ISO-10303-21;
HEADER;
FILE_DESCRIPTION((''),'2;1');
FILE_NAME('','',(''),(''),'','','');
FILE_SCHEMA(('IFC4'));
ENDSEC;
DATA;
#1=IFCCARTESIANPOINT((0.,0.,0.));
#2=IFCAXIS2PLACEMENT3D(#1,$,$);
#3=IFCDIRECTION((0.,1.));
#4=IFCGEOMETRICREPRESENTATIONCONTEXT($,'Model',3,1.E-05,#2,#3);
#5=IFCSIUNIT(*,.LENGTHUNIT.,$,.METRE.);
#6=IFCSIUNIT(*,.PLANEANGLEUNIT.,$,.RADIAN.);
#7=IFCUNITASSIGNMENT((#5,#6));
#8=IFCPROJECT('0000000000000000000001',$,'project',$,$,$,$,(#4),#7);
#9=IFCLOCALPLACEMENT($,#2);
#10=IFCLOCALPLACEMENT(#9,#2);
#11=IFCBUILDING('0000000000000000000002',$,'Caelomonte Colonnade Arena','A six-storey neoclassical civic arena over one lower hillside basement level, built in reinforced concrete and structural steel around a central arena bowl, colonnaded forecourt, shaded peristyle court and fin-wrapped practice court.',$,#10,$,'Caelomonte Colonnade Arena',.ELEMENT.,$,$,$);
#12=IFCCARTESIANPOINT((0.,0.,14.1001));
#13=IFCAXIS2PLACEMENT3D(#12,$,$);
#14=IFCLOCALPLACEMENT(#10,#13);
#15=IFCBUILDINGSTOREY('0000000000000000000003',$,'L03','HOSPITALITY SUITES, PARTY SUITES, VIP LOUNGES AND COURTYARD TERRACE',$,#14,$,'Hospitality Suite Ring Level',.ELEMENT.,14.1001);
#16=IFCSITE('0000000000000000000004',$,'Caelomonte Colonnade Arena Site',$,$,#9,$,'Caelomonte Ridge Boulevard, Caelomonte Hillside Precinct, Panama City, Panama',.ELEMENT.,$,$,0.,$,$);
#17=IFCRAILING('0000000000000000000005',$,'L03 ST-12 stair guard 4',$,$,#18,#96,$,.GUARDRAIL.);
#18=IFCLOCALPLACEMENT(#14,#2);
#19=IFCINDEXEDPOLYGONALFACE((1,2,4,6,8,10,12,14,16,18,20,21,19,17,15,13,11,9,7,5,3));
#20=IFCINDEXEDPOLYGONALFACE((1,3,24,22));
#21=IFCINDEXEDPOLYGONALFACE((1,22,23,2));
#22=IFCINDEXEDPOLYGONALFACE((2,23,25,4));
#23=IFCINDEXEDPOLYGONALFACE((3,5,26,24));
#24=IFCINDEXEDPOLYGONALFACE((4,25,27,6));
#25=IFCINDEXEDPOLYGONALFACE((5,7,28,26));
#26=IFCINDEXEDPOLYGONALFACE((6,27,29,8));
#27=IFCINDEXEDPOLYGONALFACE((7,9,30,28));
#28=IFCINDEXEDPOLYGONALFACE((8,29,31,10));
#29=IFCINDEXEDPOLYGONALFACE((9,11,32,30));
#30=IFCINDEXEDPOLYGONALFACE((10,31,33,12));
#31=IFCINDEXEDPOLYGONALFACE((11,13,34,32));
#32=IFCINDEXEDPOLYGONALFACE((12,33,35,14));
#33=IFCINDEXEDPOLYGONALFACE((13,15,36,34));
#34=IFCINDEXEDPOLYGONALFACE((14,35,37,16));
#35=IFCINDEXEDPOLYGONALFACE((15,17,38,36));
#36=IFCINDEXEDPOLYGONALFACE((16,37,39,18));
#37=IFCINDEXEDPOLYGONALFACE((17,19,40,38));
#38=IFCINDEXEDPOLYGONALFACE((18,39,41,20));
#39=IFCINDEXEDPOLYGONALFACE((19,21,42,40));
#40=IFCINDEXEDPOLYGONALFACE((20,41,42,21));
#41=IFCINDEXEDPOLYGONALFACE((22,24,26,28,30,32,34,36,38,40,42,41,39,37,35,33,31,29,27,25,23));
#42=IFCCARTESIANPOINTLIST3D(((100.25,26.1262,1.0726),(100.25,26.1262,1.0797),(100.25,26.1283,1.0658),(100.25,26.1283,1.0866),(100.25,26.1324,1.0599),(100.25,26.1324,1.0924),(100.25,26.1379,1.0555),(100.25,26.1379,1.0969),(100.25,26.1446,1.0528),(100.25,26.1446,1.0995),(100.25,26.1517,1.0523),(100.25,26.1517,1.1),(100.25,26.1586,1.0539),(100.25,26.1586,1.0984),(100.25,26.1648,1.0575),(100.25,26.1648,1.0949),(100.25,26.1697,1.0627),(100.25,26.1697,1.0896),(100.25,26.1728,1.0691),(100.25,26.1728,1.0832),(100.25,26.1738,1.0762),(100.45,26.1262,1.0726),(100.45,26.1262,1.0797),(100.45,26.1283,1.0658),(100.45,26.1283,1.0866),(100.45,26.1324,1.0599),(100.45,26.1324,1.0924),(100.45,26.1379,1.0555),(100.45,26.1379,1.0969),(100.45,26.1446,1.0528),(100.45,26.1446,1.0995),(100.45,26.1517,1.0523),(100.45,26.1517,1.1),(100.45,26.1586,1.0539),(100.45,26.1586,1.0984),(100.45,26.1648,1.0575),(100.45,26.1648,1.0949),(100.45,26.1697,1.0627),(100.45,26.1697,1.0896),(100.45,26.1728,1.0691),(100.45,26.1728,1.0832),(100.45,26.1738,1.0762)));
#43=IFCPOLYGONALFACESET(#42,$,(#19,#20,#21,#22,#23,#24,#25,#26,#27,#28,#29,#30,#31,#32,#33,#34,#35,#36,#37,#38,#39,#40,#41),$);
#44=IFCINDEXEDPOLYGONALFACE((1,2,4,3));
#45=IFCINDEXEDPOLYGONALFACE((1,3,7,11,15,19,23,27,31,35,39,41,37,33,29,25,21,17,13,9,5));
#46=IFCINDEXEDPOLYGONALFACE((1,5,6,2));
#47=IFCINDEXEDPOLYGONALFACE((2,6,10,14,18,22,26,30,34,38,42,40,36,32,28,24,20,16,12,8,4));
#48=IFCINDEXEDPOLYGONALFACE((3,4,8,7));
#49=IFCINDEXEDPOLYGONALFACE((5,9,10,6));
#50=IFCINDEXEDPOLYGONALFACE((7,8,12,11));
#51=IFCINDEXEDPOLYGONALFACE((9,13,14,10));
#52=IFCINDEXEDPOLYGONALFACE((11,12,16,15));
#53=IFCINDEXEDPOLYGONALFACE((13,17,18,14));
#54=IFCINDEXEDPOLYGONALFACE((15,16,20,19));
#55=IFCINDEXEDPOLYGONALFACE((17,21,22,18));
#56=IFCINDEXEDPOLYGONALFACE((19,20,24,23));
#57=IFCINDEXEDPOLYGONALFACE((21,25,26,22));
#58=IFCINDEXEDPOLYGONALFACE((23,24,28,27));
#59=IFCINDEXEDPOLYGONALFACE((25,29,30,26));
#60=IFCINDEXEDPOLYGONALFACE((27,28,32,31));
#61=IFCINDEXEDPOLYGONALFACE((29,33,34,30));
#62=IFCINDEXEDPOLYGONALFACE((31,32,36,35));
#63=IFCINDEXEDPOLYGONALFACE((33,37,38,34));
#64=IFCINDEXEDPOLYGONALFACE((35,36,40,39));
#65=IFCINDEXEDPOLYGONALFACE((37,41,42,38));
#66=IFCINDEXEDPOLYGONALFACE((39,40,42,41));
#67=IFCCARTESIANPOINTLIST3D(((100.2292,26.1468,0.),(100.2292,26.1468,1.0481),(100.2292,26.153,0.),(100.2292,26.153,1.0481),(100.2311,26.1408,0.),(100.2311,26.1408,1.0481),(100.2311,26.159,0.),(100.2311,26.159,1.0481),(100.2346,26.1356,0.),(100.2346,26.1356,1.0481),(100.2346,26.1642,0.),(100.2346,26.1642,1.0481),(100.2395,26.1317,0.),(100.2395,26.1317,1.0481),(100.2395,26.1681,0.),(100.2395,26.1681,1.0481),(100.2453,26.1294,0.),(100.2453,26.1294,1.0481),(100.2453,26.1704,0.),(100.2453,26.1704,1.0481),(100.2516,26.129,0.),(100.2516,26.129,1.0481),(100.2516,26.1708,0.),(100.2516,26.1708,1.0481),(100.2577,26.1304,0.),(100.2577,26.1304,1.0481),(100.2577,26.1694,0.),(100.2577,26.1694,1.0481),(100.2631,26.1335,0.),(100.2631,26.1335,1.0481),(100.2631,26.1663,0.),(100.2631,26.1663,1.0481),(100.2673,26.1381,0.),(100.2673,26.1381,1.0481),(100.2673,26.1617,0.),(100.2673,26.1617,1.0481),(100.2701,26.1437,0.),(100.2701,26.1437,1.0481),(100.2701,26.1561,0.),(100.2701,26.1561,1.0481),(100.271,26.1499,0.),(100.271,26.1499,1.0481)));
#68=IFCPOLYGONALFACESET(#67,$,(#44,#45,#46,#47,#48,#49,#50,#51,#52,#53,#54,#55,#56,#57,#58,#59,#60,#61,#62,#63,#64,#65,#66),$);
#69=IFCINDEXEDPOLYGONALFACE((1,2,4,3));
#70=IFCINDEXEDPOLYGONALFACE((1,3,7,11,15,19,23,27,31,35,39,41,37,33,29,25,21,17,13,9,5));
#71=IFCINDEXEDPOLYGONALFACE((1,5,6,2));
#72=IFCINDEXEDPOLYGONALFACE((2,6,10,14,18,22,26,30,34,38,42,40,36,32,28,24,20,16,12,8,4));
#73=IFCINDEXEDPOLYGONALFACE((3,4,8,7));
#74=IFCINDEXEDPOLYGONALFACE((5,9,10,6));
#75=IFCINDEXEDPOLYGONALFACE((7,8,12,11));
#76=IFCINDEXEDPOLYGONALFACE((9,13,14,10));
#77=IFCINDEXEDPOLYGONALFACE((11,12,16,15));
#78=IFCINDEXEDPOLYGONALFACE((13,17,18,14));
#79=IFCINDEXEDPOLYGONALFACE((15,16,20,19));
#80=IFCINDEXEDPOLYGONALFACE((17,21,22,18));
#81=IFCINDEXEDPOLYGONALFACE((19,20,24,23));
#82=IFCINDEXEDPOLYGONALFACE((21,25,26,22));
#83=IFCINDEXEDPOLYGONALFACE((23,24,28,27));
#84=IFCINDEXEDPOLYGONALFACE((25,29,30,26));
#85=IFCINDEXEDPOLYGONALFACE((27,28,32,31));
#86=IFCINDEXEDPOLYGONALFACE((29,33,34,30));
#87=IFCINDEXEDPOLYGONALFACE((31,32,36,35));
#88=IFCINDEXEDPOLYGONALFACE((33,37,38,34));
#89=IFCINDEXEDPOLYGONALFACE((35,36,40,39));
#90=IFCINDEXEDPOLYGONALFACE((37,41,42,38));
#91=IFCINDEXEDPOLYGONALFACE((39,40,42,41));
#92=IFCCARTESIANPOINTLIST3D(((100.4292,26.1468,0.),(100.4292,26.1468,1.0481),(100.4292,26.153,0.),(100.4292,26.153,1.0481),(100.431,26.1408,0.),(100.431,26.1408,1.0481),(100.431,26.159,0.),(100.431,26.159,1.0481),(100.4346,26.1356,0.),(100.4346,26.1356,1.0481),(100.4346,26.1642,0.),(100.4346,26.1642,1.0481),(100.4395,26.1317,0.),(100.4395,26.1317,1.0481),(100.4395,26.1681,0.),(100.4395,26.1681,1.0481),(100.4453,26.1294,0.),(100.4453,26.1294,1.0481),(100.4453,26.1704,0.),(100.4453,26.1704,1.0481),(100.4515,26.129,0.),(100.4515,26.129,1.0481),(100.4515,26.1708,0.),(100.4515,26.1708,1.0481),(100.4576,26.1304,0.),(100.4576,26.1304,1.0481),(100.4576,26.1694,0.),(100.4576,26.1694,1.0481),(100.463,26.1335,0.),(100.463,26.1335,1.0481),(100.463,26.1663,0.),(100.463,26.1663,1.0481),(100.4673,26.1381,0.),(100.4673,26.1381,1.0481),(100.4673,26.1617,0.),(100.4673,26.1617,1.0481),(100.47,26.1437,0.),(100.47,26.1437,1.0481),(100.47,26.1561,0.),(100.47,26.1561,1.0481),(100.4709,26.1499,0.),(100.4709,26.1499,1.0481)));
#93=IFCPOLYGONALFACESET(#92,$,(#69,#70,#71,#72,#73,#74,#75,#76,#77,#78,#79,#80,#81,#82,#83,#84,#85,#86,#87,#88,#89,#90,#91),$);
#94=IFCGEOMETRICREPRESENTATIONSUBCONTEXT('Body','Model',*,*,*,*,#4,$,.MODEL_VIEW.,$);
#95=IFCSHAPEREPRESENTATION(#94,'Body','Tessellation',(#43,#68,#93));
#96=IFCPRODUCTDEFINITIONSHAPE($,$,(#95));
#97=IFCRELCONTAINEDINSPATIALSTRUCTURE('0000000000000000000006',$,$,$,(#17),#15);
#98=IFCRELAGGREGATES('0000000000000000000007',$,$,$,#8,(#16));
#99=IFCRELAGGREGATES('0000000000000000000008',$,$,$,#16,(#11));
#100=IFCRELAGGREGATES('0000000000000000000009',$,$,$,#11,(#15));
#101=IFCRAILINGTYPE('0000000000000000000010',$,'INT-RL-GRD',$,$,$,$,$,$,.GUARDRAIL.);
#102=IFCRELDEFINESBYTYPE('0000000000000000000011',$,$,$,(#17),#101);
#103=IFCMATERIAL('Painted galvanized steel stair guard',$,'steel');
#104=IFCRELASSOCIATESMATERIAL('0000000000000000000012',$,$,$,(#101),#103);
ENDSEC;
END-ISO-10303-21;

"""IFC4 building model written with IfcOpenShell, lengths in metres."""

from ifc_helpers import new_model, si_unit, direction, frame, origin, origin_2d, place, context, subcontext, project, spatial, circle, extrude, material, type_object, element, save


model = new_model("IFC4")

# Units and contexts
model_context = context("Model", 3, precision=1e-05, world=origin(), true_north=direction((0.0, 1.0)))
body_context = subcontext(model_context, "Body", "Model", "MODEL_VIEW")
ifc_project = project(units=[si_unit("LENGTHUNIT", "METRE"), si_unit("PLANEANGLEUNIT", "RADIAN")], contexts=[model_context])

# Site, building, storey
site_placement = place(None, origin())
site = spatial("IfcSite", under=ifc_project, at=site_placement, Name="Caelomonte Colonnade Arena Site", LongName="Caelomonte Ridge Boulevard, Caelomonte Hillside Precinct, Panama City, Panama", CompositionType="ELEMENT", RefElevation=0.0)
building_placement = place(site_placement, origin())
building = spatial("IfcBuilding", under=site, at=building_placement, Name="Caelomonte Colonnade Arena", Description="A six-storey neoclassical civic arena over one lower hillside basement level, built in reinforced concrete and structural steel around a central arena bowl, colonnaded forecourt, shaded peristyle court and fin-wrapped practice court.", LongName="Caelomonte Colonnade Arena", CompositionType="ELEMENT")
storey_placement = place(building_placement, frame((0.0, 0.0, 14.1001)))
storey = spatial("IfcBuildingStorey", under=building, at=storey_placement, Name="L03", Description="HOSPITALITY SUITES, PARTY SUITES, VIP LOUNGES AND COURTYARD TERRACE", LongName="Hospitality Suite Ring Level", CompositionType="ELEMENT", Elevation=14.1001)

# Railing
ifc_material_1 = material(Name="Painted galvanized steel stair guard", Category="steel")
railing_type_1 = type_object("IfcRailingType", Name="INT-RL-GRD", PredefinedType="GUARDRAIL", material=ifc_material_1)
railing_1_placement = place(storey_placement, frame((100.25, 26.1499, 0.0)))
element("IfcRailing", 1, at=railing_1_placement, inside=storey, type_object=railing_type_1, Name="L03 ST-12 stair guard 4", PredefinedType="GUARDRAIL", context=body_context, shape_type="SweptSolid", body=[
    extrude(circle(Radius=0.0239, at=origin_2d()), frame((0.0, 0.0, 1.0762), z_axis=(1.0, 0.0, 0.0), x_axis=(0.0, 1.0, 0.0)), (0.0, 0.0, 1.0), 0.2),
    extrude(circle(Radius=0.021, at=origin_2d()), origin(), (0.0, 0.0, 1.0), 1.0481),
    extrude(circle(Radius=0.021, at=origin_2d()), frame((0.2, 0.0, 0.0)), (0.0, 0.0, 1.0), 1.0481),
])

save(model, "model.ifc")
